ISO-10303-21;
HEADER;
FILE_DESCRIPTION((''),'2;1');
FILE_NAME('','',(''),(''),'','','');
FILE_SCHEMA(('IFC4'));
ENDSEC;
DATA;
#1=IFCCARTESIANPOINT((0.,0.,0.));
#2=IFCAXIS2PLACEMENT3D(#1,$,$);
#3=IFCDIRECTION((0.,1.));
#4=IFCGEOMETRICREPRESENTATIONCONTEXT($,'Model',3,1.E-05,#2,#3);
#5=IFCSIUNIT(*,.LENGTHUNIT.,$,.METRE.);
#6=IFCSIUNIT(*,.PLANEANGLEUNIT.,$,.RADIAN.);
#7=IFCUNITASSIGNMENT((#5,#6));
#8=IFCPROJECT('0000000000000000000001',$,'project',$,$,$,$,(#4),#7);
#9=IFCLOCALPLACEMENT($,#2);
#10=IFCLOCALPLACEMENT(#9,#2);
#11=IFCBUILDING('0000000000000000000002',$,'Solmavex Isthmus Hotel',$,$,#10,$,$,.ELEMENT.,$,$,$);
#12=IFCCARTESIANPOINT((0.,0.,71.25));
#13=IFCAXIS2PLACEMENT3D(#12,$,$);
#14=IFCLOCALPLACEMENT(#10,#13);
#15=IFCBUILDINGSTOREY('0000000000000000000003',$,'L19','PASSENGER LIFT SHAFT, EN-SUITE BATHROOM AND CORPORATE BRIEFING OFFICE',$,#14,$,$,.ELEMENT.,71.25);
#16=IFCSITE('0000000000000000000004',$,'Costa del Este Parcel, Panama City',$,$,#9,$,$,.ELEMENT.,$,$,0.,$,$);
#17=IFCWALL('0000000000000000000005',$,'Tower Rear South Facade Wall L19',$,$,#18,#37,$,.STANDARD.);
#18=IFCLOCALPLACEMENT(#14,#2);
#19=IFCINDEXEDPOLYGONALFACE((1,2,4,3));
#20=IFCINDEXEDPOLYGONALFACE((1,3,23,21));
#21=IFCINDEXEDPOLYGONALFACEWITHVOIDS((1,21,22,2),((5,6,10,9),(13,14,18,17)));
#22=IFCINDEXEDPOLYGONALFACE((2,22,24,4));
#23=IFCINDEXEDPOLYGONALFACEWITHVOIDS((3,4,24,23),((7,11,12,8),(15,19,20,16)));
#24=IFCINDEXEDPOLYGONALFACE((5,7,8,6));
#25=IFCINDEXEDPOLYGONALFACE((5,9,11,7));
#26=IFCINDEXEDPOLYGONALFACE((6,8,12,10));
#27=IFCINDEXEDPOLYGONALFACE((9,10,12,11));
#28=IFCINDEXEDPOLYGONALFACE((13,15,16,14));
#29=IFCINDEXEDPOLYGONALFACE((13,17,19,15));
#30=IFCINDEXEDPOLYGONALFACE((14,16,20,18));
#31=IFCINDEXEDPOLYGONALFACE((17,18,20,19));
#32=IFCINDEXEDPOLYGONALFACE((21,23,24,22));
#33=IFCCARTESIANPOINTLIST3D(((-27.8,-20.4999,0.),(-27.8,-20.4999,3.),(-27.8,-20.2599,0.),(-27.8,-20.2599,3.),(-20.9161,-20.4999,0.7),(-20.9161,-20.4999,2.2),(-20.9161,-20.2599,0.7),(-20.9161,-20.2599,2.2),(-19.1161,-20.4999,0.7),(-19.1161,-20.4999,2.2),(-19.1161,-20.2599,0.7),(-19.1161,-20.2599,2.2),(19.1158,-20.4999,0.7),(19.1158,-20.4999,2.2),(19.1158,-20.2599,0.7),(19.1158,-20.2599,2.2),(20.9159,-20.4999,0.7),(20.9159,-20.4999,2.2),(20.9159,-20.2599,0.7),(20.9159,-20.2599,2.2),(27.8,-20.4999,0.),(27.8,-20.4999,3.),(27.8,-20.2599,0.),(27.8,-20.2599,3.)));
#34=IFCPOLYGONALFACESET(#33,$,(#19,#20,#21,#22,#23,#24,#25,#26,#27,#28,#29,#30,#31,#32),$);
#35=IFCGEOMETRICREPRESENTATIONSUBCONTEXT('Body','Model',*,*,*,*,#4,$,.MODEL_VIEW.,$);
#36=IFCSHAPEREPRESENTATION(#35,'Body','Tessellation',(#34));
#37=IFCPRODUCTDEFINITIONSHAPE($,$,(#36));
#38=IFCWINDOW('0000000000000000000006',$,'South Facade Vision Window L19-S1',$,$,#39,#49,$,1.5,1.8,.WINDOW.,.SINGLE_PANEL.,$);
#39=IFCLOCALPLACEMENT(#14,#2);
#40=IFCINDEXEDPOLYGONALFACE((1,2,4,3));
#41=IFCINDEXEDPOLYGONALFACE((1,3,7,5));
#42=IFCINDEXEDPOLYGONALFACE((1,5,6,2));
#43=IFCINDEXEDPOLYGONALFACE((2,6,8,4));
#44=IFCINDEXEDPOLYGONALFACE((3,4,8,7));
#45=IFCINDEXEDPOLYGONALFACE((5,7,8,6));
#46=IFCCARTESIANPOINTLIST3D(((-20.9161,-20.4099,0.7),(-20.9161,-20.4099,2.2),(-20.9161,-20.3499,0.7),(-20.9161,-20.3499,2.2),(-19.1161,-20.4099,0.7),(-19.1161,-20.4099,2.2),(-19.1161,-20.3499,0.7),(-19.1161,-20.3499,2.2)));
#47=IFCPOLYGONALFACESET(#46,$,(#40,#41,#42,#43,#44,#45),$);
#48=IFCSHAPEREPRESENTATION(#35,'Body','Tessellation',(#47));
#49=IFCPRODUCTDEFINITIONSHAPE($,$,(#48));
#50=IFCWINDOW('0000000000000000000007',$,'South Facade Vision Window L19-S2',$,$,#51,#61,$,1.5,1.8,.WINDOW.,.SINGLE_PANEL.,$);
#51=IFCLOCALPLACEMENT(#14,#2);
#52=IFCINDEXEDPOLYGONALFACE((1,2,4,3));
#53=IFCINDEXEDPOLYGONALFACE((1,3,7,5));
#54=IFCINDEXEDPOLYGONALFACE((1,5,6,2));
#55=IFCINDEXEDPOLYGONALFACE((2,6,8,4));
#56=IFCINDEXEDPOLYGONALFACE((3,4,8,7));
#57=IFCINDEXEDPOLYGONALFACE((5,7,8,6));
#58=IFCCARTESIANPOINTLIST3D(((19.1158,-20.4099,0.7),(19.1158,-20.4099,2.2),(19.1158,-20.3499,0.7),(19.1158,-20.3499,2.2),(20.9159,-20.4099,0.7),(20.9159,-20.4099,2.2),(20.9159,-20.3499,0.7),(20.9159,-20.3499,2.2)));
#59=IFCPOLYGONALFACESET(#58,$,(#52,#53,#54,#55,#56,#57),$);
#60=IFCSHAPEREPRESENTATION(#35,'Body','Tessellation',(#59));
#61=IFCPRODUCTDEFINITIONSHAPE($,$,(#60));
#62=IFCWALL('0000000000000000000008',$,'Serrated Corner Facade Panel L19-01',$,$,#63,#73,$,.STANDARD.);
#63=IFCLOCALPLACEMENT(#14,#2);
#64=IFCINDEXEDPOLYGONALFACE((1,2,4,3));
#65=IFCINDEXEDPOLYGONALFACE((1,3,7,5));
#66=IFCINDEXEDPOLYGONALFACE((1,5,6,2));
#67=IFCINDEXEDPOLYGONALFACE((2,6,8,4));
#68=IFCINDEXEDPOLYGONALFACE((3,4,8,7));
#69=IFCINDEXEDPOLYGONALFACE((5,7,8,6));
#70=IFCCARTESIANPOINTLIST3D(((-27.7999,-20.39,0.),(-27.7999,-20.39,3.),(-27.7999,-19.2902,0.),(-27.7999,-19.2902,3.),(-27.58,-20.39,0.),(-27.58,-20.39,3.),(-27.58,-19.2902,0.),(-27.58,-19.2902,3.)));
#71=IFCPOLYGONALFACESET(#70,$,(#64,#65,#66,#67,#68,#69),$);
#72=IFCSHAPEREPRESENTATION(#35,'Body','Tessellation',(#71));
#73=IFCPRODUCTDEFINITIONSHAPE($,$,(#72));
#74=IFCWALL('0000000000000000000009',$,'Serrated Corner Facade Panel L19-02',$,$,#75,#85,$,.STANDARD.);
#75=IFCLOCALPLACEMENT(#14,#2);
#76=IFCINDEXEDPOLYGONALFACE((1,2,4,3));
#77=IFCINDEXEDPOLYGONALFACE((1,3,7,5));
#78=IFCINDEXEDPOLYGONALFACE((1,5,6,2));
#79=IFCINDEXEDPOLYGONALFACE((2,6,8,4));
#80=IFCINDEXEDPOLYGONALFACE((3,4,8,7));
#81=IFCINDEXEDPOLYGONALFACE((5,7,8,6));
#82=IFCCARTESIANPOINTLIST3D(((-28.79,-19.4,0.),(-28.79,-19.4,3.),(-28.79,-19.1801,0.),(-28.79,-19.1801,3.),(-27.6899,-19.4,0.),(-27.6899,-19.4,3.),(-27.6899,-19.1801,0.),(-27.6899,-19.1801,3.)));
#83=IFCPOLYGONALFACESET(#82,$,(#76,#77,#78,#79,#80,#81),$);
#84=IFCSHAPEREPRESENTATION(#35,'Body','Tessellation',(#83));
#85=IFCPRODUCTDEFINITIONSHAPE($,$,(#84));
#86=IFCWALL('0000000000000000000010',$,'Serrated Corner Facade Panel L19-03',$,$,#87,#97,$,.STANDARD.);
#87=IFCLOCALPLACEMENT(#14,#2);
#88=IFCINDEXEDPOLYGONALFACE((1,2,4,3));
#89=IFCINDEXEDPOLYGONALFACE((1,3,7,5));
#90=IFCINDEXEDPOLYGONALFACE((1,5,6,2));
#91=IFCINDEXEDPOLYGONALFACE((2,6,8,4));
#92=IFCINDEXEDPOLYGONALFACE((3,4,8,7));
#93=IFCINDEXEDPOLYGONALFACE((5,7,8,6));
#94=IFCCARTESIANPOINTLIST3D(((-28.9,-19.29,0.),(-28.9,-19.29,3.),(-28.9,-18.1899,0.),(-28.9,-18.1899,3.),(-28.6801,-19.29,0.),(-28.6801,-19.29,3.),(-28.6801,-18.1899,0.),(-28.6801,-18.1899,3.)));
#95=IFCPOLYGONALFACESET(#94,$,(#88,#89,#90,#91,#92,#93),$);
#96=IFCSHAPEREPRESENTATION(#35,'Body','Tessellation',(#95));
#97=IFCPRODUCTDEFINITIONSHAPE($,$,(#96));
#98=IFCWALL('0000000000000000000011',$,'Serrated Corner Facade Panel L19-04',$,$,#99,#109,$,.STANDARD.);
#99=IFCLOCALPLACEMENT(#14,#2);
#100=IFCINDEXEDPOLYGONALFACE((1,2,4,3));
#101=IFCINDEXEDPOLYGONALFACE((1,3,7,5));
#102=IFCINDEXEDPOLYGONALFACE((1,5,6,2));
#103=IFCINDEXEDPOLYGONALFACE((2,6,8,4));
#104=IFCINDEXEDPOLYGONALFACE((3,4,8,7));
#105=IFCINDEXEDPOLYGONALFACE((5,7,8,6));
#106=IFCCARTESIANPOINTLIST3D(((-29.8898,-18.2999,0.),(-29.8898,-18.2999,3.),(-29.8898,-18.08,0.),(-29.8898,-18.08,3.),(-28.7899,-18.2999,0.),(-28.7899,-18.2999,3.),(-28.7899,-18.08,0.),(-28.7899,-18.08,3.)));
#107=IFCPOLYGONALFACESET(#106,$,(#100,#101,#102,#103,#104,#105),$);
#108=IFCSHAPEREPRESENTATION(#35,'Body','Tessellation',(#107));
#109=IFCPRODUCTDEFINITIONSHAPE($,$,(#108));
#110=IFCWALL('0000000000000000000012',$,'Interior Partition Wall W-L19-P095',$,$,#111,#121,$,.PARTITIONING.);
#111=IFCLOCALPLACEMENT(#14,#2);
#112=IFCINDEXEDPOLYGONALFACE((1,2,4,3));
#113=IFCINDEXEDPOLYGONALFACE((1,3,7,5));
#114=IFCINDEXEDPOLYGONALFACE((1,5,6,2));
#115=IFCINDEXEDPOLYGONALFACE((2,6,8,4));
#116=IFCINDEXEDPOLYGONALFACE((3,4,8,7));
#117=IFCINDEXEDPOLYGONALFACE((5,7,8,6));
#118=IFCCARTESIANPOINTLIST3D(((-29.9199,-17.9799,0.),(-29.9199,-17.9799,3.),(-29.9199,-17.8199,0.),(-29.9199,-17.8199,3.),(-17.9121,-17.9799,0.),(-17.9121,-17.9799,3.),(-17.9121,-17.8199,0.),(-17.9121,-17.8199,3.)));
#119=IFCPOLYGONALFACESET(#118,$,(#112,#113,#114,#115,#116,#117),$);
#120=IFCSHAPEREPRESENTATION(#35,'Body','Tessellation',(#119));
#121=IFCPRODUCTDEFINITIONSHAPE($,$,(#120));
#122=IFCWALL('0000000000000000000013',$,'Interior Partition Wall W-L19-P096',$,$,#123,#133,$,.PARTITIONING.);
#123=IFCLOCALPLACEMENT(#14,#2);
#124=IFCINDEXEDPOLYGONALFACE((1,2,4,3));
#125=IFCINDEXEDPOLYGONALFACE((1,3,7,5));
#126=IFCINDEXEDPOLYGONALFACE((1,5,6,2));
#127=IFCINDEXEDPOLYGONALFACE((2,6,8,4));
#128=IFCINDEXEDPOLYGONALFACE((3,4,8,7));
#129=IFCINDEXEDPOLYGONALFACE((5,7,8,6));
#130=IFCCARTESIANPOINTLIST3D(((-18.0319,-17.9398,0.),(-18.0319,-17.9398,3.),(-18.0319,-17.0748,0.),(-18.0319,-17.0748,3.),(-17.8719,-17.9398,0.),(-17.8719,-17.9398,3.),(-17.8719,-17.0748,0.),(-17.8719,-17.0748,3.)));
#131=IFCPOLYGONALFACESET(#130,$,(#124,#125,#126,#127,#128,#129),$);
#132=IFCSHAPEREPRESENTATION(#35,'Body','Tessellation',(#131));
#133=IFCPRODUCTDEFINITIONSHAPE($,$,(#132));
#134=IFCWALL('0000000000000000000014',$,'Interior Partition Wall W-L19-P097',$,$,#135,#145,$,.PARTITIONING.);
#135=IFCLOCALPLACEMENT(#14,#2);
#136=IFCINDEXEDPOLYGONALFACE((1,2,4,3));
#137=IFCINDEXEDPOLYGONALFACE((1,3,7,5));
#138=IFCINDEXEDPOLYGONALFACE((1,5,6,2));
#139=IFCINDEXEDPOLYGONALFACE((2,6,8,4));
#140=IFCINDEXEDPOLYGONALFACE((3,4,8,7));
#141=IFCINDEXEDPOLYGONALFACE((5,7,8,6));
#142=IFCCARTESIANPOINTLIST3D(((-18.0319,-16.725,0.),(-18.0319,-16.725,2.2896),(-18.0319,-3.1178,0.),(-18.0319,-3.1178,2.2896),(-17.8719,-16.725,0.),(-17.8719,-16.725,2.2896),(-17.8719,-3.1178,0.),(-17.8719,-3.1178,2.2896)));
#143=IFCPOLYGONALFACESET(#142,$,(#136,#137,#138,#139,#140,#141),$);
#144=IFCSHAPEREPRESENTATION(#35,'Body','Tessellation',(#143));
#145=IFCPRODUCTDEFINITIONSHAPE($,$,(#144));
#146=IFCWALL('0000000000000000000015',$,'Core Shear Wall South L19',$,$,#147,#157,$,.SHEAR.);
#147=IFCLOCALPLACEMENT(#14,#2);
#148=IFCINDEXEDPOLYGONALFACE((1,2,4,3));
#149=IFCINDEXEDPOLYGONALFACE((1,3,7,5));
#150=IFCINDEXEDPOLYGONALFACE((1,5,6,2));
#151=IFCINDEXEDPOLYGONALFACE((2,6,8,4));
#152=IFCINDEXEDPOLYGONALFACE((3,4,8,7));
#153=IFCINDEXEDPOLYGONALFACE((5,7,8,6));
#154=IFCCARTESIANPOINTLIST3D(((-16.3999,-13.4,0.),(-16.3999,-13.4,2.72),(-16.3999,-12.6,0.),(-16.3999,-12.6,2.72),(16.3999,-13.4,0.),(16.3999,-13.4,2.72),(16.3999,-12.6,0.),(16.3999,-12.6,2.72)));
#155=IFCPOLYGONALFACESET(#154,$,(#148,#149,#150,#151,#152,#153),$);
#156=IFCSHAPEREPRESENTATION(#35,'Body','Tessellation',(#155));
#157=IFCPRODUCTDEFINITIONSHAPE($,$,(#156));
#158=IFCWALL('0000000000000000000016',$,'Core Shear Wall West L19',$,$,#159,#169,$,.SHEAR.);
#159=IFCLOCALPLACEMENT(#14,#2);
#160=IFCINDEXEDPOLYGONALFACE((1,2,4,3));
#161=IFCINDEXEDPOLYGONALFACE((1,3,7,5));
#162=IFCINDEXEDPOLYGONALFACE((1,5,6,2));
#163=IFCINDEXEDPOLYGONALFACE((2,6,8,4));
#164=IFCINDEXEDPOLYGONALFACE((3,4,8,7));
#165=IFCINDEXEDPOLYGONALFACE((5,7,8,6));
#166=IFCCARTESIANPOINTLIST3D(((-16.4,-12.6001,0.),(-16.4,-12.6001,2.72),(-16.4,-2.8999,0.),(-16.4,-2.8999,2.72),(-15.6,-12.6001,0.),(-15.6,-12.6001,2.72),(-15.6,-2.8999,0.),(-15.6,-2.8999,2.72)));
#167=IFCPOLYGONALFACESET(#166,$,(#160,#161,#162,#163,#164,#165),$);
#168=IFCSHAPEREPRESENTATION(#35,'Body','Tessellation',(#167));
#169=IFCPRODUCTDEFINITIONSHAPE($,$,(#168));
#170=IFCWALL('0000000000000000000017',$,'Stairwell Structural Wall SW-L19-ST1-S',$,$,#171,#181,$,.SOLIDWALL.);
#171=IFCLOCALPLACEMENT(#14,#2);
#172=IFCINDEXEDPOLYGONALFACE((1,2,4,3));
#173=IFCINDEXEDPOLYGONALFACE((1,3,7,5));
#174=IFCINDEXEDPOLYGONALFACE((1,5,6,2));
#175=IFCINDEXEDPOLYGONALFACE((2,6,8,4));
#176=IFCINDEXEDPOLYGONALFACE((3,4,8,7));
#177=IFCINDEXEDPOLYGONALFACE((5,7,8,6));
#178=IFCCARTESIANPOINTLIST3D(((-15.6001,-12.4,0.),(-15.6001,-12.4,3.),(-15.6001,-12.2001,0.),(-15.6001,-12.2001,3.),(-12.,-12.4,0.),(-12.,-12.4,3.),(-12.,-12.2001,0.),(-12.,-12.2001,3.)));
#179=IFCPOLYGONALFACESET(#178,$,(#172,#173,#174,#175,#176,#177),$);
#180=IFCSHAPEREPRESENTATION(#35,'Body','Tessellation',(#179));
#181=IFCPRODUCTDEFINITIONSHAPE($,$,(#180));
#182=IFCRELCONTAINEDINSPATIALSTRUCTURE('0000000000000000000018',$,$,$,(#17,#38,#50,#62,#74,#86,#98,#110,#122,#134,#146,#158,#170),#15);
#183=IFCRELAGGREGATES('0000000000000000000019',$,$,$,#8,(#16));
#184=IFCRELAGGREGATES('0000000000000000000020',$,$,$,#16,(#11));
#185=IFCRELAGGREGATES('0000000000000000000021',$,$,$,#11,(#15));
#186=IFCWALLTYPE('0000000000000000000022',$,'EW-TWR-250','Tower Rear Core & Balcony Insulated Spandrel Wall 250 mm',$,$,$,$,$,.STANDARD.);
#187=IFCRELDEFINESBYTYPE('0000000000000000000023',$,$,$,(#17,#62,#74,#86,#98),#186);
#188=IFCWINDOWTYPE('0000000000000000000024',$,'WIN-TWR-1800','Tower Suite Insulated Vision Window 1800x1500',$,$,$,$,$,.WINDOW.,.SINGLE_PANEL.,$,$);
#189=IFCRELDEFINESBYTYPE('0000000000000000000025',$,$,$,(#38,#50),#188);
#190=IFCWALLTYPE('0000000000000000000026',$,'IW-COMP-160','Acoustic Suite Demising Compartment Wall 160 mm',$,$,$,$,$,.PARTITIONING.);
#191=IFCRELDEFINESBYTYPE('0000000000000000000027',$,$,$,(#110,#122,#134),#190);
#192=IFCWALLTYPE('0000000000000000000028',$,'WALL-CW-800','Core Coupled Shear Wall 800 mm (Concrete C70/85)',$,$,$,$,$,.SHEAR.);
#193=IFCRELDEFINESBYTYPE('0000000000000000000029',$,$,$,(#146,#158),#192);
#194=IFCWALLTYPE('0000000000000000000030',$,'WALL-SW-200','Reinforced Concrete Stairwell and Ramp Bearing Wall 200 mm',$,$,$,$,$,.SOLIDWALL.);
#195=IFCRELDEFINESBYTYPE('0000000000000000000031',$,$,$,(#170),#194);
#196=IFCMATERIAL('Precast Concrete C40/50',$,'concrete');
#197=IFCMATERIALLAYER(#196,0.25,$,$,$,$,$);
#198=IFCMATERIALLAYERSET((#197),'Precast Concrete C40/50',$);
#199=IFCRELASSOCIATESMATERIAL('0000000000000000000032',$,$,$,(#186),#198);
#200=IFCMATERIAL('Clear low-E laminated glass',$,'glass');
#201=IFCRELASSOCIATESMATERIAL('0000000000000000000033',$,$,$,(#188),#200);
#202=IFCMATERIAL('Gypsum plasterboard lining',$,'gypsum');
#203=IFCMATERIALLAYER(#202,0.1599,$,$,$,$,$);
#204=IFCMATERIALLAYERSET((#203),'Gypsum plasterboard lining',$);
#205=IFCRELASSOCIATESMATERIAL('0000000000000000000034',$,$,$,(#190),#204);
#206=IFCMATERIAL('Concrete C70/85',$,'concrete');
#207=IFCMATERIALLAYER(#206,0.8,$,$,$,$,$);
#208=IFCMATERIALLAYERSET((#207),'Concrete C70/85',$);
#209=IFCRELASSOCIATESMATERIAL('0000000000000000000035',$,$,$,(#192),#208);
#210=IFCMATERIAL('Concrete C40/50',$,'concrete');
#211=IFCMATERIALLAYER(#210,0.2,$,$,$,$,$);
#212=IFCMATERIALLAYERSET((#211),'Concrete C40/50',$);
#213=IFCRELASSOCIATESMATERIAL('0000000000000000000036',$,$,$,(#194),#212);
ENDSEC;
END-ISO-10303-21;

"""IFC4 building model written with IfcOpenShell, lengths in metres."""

from ifc_helpers import new_model, si_unit, direction, frame, frame_2d, origin, place, context, subcontext, project, spatial, rectangle, extrude, material, layer, layer_set, type_object, element, fill, save


model = new_model("IFC4")

# Units and contexts
model_context = context("Model", 3, precision=1e-05, world=origin(), true_north=direction((0.0, 1.0)))
body_context = subcontext(model_context, "Body", "Model", "MODEL_VIEW")
ifc_project = project(units=[si_unit("LENGTHUNIT", "METRE"), si_unit("PLANEANGLEUNIT", "RADIAN")], contexts=[model_context])

# Site, building, storey
site_placement = place(None, origin())
site = spatial("IfcSite", under=ifc_project, at=site_placement, Name="Costa del Este Parcel, Panama City", CompositionType="ELEMENT", RefElevation=0.0)
building_placement = place(site_placement, origin())
building = spatial("IfcBuilding", under=site, at=building_placement, Name="Solmavex Isthmus Hotel", CompositionType="ELEMENT")
storey_placement = place(building_placement, frame((0.0, 0.0, 71.25)))
storey = spatial("IfcBuildingStorey", under=building, at=storey_placement, Name="L19", Description="PASSENGER LIFT SHAFT, EN-SUITE BATHROOM AND CORPORATE BRIEFING OFFICE", CompositionType="ELEMENT", Elevation=71.25)

# Shared definitions
ifc_material_1 = material(Name="Concrete C70/85", Category="concrete")

# Shared definitions
ifc_material_2 = material(Name="Clear low-E laminated glass", Category="glass")

# Wall, openings, windows
ifc_material_3 = material(Name="Precast Concrete C40/50", Category="concrete")
ifc_layer_1 = layer(ifc_material_3, 0.25)
ifc_layer_set_1 = layer_set([ifc_layer_1], Name="Precast Concrete C40/50")
wall_type_1 = type_object("IfcWallType", Name="EW-TWR-250", Description="Tower Rear Core & Balcony Insulated Spandrel Wall 250 mm", PredefinedType="STANDARD", material=ifc_layer_set_1)
wall_1_placement = place(storey_placement, frame((-27.8, -20.3799, 0.0), z_axis=(0.0, 0.0, 1.0), x_axis=(1.0, 0.0, 0.0)))
wall_1 = element("IfcWall", 1, at=wall_1_placement, inside=storey, type_object=wall_type_1, Name="Tower Rear South Facade Wall L19", PredefinedType="STANDARD", context=body_context, shape_type="SweptSolid", body=[
    extrude(rectangle(XDim=55.6001, YDim=0.24, at=frame_2d((27.8, 0.0))), origin(), (0.0, 0.0, 1.0), 3.0),
])
opening_1_placement = place(wall_1_placement, frame((6.884, 0.0, 0.7)))
opening_1 = element("IfcOpeningElement", 2, at=opening_1_placement, cuts=wall_1, PredefinedType="OPENING", context=body_context, shape_type="SweptSolid", body=[
    extrude(rectangle(XDim=1.8, YDim=1.5, at=frame_2d((0.8999, 0.75))), frame((0.0, 0.1299, 0.0), z_axis=(0.0, -1.0, 0.0), x_axis=(1.0, 0.0, 0.0)), (0.0, 0.0, 1.0), 0.26),
])
opening_2_placement = place(wall_1_placement, frame((46.916, 0.0, 0.7)))
opening_2 = element("IfcOpeningElement", 3, at=opening_2_placement, cuts=wall_1, PredefinedType="OPENING", context=body_context, shape_type="SweptSolid", body=[
    extrude(rectangle(XDim=1.8, YDim=1.5, at=frame_2d((0.8999, 0.75))), frame((0.0, 0.1299, 0.0), z_axis=(0.0, -1.0, 0.0), x_axis=(1.0, 0.0, 0.0)), (0.0, 0.0, 1.0), 0.26),
])
window_type = type_object("IfcWindowType", Name="WIN-TWR-1800", Description="Tower Suite Insulated Vision Window 1800x1500", PartitioningType="SINGLE_PANEL", PredefinedType="WINDOW", material=ifc_material_2)
window_1_placement = place(opening_1_placement, origin())
window_1 = element("IfcWindow", 4, at=window_1_placement, inside=storey, type_object=window_type, Name="South Facade Vision Window L19-S1", OverallHeight=1.5, OverallWidth=1.8, PartitioningType="SINGLE_PANEL", PredefinedType="WINDOW", context=body_context, shape_type="SweptSolid", body=[
    extrude(rectangle(XDim=1.8, YDim=1.5, at=frame_2d((0.8999, 0.75))), frame((0.0, 0.03, 0.0), z_axis=(0.0, -1.0, 0.0), x_axis=(1.0, 0.0, 0.0)), (0.0, 0.0, 1.0), 0.0601),
])
fill(opening_1, window_1)
window_2_placement = place(opening_2_placement, origin())
window_2 = element("IfcWindow", 5, at=window_2_placement, inside=storey, type_object=window_type, Name="South Facade Vision Window L19-S2", OverallHeight=1.5, OverallWidth=1.8, PartitioningType="SINGLE_PANEL", PredefinedType="WINDOW", context=body_context, shape_type="SweptSolid", body=[
    extrude(rectangle(XDim=1.8, YDim=1.5, at=frame_2d((0.8999, 0.75))), frame((0.0, 0.03, 0.0), z_axis=(0.0, -1.0, 0.0), x_axis=(1.0, 0.0, 0.0)), (0.0, 0.0, 1.0), 0.0601),
])
fill(opening_2, window_2)

# Walls
wall_2_placement = place(storey_placement, frame((-27.6899, -20.3899, 0.0), z_axis=(0.0, 0.0, 1.0), x_axis=(0.0, 1.0, 0.0)))
element("IfcWall", 6, at=wall_2_placement, inside=storey, type_object=wall_type_1, Name="Serrated Corner Facade Panel L19-01", PredefinedType="STANDARD", context=body_context, shape_type="SweptSolid", body=[
    extrude(rectangle(XDim=1.0999, YDim=0.22, at=frame_2d((0.5498, 0.0))), origin(), (0.0, 0.0, 1.0), 3.0),
])
for number, where, z_axis, x_axis, name in (
    (7, (-27.6899, -19.29, 0.0), (0.0, 0.0, 1.0), (-1.0, 0.0, 0.0), "Serrated Corner Facade Panel L19-02"),
    (8, (-28.79, -19.29, 0.0), (0.0, 0.0, 1.0), (0.0, 1.0, 0.0), "Serrated Corner Facade Panel L19-03"),
):
    element("IfcWall", number, at=place(storey_placement, frame(where, z_axis=z_axis, x_axis=x_axis)), inside=storey, type_object=wall_type_1, Name=name, PredefinedType="STANDARD", context=body_context, shape_type="SweptSolid", body=[
        extrude(rectangle(XDim=1.1001, YDim=0.22, at=frame_2d((0.55, 0.0))), origin(), (0.0, 0.0, 1.0), 3.0),
    ])
wall_3_placement = place(storey_placement, frame((-28.79, -18.1899, 0.0), z_axis=(0.0, 0.0, 1.0), x_axis=(-1.0, 0.0, 0.0)))
element("IfcWall", 9, at=wall_3_placement, inside=storey, type_object=wall_type_1, Name="Serrated Corner Facade Panel L19-04", PredefinedType="STANDARD", context=body_context, shape_type="SweptSolid", body=[
    extrude(rectangle(XDim=1.0999, YDim=0.22, at=frame_2d((0.5498, 0.0))), origin(), (0.0, 0.0, 1.0), 3.0),
])
ifc_material_4 = material(Name="Gypsum plasterboard lining", Category="gypsum")
ifc_layer_2 = layer(ifc_material_4, 0.1599)
ifc_layer_set_2 = layer_set([ifc_layer_2], Name="Gypsum plasterboard lining")
wall_type_2 = type_object("IfcWallType", Name="IW-COMP-160", Description="Acoustic Suite Demising Compartment Wall 160 mm", PredefinedType="PARTITIONING", material=ifc_layer_set_2)
wall_4_placement = place(storey_placement, frame((-29.9199, -17.8999, 0.0), z_axis=(0.0, 0.0, 1.0), x_axis=(1.0, 0.0, 0.0)))
element("IfcWall", 10, at=wall_4_placement, inside=storey, type_object=wall_type_2, Name="Interior Partition Wall W-L19-P095", PredefinedType="PARTITIONING", context=body_context, shape_type="SweptSolid", body=[
    extrude(rectangle(XDim=12.0078, YDim=0.1599, at=frame_2d((6.0039, 0.0))), origin(), (0.0, 0.0, 1.0), 3.0),
])
wall_5_placement = place(storey_placement, frame((-17.9519, -17.9399, 0.0), z_axis=(0.0, 0.0, 1.0), x_axis=(0.0, 1.0, 0.0)))
element("IfcWall", 11, at=wall_5_placement, inside=storey, type_object=wall_type_2, Name="Interior Partition Wall W-L19-P096", PredefinedType="PARTITIONING", context=body_context, shape_type="SweptSolid", body=[
    extrude(rectangle(XDim=0.865, YDim=0.1599, at=frame_2d((0.4326, 0.0))), origin(), (0.0, 0.0, 1.0), 3.0),
])
wall_6_placement = place(storey_placement, frame((-17.9519, -16.7251, 0.0), z_axis=(0.0, 0.0, 1.0), x_axis=(0.0, 1.0, 0.0)))
element("IfcWall", 12, at=wall_6_placement, inside=storey, type_object=wall_type_2, Name="Interior Partition Wall W-L19-P097", PredefinedType="PARTITIONING", context=body_context, shape_type="SweptSolid", body=[
    extrude(rectangle(XDim=13.6072, YDim=0.1599, at=frame_2d((6.8037, 0.0))), origin(), (0.0, 0.0, 1.0), 2.2896),
])
ifc_layer_3 = layer(ifc_material_1, 0.8)
ifc_layer_set_3 = layer_set([ifc_layer_3], Name="Concrete C70/85")
wall_type_3 = type_object("IfcWallType", Name="WALL-CW-800", Description="Core Coupled Shear Wall 800 mm (Concrete C70/85)", PredefinedType="SHEAR", material=ifc_layer_set_3)
wall_7_placement = place(storey_placement, frame((-16.3999, -13.0, 0.0), z_axis=(0.0, 0.0, 1.0), x_axis=(1.0, 0.0, 0.0)))
element("IfcWall", 13, at=wall_7_placement, inside=storey, type_object=wall_type_3, Name="Core Shear Wall South L19", PredefinedType="SHEAR", context=body_context, shape_type="SweptSolid", body=[
    extrude(rectangle(XDim=32.7998, YDim=0.8, at=frame_2d((16.3999, 0.0))), origin(), (0.0, 0.0, 1.0), 2.72),
])
wall_8_placement = place(storey_placement, frame((-16.0, -12.6001, 0.0), z_axis=(0.0, 0.0, 1.0), x_axis=(0.0, 1.0, 0.0)))
element("IfcWall", 14, at=wall_8_placement, inside=storey, type_object=wall_type_3, Name="Core Shear Wall West L19", PredefinedType="SHEAR", context=body_context, shape_type="SweptSolid", body=[
    extrude(rectangle(XDim=9.7002, YDim=0.8, at=frame_2d((4.8501, 0.0))), origin(), (0.0, 0.0, 1.0), 2.72),
])
ifc_material_5 = material(Name="Concrete C40/50", Category="concrete")
ifc_layer_4 = layer(ifc_material_5, 0.2)
ifc_layer_set_4 = layer_set([ifc_layer_4], Name="Concrete C40/50")
wall_type_4 = type_object("IfcWallType", Name="WALL-SW-200", Description="Reinforced Concrete Stairwell and Ramp Bearing Wall 200 mm", PredefinedType="SOLIDWALL", material=ifc_layer_set_4)
wall_9_placement = place(storey_placement, frame((-15.6001, -12.3, 0.0), z_axis=(0.0, 0.0, 1.0), x_axis=(1.0, 0.0, 0.0)))
element("IfcWall", 15, at=wall_9_placement, inside=storey, type_object=wall_type_4, Name="Stairwell Structural Wall SW-L19-ST1-S", PredefinedType="SOLIDWALL", context=body_context, shape_type="SweptSolid", body=[
    extrude(rectangle(XDim=3.6001, YDim=0.2, at=frame_2d((1.8, 0.0))), origin(), (0.0, 0.0, 1.0), 3.0),
])

save(model, "model.ifc")
